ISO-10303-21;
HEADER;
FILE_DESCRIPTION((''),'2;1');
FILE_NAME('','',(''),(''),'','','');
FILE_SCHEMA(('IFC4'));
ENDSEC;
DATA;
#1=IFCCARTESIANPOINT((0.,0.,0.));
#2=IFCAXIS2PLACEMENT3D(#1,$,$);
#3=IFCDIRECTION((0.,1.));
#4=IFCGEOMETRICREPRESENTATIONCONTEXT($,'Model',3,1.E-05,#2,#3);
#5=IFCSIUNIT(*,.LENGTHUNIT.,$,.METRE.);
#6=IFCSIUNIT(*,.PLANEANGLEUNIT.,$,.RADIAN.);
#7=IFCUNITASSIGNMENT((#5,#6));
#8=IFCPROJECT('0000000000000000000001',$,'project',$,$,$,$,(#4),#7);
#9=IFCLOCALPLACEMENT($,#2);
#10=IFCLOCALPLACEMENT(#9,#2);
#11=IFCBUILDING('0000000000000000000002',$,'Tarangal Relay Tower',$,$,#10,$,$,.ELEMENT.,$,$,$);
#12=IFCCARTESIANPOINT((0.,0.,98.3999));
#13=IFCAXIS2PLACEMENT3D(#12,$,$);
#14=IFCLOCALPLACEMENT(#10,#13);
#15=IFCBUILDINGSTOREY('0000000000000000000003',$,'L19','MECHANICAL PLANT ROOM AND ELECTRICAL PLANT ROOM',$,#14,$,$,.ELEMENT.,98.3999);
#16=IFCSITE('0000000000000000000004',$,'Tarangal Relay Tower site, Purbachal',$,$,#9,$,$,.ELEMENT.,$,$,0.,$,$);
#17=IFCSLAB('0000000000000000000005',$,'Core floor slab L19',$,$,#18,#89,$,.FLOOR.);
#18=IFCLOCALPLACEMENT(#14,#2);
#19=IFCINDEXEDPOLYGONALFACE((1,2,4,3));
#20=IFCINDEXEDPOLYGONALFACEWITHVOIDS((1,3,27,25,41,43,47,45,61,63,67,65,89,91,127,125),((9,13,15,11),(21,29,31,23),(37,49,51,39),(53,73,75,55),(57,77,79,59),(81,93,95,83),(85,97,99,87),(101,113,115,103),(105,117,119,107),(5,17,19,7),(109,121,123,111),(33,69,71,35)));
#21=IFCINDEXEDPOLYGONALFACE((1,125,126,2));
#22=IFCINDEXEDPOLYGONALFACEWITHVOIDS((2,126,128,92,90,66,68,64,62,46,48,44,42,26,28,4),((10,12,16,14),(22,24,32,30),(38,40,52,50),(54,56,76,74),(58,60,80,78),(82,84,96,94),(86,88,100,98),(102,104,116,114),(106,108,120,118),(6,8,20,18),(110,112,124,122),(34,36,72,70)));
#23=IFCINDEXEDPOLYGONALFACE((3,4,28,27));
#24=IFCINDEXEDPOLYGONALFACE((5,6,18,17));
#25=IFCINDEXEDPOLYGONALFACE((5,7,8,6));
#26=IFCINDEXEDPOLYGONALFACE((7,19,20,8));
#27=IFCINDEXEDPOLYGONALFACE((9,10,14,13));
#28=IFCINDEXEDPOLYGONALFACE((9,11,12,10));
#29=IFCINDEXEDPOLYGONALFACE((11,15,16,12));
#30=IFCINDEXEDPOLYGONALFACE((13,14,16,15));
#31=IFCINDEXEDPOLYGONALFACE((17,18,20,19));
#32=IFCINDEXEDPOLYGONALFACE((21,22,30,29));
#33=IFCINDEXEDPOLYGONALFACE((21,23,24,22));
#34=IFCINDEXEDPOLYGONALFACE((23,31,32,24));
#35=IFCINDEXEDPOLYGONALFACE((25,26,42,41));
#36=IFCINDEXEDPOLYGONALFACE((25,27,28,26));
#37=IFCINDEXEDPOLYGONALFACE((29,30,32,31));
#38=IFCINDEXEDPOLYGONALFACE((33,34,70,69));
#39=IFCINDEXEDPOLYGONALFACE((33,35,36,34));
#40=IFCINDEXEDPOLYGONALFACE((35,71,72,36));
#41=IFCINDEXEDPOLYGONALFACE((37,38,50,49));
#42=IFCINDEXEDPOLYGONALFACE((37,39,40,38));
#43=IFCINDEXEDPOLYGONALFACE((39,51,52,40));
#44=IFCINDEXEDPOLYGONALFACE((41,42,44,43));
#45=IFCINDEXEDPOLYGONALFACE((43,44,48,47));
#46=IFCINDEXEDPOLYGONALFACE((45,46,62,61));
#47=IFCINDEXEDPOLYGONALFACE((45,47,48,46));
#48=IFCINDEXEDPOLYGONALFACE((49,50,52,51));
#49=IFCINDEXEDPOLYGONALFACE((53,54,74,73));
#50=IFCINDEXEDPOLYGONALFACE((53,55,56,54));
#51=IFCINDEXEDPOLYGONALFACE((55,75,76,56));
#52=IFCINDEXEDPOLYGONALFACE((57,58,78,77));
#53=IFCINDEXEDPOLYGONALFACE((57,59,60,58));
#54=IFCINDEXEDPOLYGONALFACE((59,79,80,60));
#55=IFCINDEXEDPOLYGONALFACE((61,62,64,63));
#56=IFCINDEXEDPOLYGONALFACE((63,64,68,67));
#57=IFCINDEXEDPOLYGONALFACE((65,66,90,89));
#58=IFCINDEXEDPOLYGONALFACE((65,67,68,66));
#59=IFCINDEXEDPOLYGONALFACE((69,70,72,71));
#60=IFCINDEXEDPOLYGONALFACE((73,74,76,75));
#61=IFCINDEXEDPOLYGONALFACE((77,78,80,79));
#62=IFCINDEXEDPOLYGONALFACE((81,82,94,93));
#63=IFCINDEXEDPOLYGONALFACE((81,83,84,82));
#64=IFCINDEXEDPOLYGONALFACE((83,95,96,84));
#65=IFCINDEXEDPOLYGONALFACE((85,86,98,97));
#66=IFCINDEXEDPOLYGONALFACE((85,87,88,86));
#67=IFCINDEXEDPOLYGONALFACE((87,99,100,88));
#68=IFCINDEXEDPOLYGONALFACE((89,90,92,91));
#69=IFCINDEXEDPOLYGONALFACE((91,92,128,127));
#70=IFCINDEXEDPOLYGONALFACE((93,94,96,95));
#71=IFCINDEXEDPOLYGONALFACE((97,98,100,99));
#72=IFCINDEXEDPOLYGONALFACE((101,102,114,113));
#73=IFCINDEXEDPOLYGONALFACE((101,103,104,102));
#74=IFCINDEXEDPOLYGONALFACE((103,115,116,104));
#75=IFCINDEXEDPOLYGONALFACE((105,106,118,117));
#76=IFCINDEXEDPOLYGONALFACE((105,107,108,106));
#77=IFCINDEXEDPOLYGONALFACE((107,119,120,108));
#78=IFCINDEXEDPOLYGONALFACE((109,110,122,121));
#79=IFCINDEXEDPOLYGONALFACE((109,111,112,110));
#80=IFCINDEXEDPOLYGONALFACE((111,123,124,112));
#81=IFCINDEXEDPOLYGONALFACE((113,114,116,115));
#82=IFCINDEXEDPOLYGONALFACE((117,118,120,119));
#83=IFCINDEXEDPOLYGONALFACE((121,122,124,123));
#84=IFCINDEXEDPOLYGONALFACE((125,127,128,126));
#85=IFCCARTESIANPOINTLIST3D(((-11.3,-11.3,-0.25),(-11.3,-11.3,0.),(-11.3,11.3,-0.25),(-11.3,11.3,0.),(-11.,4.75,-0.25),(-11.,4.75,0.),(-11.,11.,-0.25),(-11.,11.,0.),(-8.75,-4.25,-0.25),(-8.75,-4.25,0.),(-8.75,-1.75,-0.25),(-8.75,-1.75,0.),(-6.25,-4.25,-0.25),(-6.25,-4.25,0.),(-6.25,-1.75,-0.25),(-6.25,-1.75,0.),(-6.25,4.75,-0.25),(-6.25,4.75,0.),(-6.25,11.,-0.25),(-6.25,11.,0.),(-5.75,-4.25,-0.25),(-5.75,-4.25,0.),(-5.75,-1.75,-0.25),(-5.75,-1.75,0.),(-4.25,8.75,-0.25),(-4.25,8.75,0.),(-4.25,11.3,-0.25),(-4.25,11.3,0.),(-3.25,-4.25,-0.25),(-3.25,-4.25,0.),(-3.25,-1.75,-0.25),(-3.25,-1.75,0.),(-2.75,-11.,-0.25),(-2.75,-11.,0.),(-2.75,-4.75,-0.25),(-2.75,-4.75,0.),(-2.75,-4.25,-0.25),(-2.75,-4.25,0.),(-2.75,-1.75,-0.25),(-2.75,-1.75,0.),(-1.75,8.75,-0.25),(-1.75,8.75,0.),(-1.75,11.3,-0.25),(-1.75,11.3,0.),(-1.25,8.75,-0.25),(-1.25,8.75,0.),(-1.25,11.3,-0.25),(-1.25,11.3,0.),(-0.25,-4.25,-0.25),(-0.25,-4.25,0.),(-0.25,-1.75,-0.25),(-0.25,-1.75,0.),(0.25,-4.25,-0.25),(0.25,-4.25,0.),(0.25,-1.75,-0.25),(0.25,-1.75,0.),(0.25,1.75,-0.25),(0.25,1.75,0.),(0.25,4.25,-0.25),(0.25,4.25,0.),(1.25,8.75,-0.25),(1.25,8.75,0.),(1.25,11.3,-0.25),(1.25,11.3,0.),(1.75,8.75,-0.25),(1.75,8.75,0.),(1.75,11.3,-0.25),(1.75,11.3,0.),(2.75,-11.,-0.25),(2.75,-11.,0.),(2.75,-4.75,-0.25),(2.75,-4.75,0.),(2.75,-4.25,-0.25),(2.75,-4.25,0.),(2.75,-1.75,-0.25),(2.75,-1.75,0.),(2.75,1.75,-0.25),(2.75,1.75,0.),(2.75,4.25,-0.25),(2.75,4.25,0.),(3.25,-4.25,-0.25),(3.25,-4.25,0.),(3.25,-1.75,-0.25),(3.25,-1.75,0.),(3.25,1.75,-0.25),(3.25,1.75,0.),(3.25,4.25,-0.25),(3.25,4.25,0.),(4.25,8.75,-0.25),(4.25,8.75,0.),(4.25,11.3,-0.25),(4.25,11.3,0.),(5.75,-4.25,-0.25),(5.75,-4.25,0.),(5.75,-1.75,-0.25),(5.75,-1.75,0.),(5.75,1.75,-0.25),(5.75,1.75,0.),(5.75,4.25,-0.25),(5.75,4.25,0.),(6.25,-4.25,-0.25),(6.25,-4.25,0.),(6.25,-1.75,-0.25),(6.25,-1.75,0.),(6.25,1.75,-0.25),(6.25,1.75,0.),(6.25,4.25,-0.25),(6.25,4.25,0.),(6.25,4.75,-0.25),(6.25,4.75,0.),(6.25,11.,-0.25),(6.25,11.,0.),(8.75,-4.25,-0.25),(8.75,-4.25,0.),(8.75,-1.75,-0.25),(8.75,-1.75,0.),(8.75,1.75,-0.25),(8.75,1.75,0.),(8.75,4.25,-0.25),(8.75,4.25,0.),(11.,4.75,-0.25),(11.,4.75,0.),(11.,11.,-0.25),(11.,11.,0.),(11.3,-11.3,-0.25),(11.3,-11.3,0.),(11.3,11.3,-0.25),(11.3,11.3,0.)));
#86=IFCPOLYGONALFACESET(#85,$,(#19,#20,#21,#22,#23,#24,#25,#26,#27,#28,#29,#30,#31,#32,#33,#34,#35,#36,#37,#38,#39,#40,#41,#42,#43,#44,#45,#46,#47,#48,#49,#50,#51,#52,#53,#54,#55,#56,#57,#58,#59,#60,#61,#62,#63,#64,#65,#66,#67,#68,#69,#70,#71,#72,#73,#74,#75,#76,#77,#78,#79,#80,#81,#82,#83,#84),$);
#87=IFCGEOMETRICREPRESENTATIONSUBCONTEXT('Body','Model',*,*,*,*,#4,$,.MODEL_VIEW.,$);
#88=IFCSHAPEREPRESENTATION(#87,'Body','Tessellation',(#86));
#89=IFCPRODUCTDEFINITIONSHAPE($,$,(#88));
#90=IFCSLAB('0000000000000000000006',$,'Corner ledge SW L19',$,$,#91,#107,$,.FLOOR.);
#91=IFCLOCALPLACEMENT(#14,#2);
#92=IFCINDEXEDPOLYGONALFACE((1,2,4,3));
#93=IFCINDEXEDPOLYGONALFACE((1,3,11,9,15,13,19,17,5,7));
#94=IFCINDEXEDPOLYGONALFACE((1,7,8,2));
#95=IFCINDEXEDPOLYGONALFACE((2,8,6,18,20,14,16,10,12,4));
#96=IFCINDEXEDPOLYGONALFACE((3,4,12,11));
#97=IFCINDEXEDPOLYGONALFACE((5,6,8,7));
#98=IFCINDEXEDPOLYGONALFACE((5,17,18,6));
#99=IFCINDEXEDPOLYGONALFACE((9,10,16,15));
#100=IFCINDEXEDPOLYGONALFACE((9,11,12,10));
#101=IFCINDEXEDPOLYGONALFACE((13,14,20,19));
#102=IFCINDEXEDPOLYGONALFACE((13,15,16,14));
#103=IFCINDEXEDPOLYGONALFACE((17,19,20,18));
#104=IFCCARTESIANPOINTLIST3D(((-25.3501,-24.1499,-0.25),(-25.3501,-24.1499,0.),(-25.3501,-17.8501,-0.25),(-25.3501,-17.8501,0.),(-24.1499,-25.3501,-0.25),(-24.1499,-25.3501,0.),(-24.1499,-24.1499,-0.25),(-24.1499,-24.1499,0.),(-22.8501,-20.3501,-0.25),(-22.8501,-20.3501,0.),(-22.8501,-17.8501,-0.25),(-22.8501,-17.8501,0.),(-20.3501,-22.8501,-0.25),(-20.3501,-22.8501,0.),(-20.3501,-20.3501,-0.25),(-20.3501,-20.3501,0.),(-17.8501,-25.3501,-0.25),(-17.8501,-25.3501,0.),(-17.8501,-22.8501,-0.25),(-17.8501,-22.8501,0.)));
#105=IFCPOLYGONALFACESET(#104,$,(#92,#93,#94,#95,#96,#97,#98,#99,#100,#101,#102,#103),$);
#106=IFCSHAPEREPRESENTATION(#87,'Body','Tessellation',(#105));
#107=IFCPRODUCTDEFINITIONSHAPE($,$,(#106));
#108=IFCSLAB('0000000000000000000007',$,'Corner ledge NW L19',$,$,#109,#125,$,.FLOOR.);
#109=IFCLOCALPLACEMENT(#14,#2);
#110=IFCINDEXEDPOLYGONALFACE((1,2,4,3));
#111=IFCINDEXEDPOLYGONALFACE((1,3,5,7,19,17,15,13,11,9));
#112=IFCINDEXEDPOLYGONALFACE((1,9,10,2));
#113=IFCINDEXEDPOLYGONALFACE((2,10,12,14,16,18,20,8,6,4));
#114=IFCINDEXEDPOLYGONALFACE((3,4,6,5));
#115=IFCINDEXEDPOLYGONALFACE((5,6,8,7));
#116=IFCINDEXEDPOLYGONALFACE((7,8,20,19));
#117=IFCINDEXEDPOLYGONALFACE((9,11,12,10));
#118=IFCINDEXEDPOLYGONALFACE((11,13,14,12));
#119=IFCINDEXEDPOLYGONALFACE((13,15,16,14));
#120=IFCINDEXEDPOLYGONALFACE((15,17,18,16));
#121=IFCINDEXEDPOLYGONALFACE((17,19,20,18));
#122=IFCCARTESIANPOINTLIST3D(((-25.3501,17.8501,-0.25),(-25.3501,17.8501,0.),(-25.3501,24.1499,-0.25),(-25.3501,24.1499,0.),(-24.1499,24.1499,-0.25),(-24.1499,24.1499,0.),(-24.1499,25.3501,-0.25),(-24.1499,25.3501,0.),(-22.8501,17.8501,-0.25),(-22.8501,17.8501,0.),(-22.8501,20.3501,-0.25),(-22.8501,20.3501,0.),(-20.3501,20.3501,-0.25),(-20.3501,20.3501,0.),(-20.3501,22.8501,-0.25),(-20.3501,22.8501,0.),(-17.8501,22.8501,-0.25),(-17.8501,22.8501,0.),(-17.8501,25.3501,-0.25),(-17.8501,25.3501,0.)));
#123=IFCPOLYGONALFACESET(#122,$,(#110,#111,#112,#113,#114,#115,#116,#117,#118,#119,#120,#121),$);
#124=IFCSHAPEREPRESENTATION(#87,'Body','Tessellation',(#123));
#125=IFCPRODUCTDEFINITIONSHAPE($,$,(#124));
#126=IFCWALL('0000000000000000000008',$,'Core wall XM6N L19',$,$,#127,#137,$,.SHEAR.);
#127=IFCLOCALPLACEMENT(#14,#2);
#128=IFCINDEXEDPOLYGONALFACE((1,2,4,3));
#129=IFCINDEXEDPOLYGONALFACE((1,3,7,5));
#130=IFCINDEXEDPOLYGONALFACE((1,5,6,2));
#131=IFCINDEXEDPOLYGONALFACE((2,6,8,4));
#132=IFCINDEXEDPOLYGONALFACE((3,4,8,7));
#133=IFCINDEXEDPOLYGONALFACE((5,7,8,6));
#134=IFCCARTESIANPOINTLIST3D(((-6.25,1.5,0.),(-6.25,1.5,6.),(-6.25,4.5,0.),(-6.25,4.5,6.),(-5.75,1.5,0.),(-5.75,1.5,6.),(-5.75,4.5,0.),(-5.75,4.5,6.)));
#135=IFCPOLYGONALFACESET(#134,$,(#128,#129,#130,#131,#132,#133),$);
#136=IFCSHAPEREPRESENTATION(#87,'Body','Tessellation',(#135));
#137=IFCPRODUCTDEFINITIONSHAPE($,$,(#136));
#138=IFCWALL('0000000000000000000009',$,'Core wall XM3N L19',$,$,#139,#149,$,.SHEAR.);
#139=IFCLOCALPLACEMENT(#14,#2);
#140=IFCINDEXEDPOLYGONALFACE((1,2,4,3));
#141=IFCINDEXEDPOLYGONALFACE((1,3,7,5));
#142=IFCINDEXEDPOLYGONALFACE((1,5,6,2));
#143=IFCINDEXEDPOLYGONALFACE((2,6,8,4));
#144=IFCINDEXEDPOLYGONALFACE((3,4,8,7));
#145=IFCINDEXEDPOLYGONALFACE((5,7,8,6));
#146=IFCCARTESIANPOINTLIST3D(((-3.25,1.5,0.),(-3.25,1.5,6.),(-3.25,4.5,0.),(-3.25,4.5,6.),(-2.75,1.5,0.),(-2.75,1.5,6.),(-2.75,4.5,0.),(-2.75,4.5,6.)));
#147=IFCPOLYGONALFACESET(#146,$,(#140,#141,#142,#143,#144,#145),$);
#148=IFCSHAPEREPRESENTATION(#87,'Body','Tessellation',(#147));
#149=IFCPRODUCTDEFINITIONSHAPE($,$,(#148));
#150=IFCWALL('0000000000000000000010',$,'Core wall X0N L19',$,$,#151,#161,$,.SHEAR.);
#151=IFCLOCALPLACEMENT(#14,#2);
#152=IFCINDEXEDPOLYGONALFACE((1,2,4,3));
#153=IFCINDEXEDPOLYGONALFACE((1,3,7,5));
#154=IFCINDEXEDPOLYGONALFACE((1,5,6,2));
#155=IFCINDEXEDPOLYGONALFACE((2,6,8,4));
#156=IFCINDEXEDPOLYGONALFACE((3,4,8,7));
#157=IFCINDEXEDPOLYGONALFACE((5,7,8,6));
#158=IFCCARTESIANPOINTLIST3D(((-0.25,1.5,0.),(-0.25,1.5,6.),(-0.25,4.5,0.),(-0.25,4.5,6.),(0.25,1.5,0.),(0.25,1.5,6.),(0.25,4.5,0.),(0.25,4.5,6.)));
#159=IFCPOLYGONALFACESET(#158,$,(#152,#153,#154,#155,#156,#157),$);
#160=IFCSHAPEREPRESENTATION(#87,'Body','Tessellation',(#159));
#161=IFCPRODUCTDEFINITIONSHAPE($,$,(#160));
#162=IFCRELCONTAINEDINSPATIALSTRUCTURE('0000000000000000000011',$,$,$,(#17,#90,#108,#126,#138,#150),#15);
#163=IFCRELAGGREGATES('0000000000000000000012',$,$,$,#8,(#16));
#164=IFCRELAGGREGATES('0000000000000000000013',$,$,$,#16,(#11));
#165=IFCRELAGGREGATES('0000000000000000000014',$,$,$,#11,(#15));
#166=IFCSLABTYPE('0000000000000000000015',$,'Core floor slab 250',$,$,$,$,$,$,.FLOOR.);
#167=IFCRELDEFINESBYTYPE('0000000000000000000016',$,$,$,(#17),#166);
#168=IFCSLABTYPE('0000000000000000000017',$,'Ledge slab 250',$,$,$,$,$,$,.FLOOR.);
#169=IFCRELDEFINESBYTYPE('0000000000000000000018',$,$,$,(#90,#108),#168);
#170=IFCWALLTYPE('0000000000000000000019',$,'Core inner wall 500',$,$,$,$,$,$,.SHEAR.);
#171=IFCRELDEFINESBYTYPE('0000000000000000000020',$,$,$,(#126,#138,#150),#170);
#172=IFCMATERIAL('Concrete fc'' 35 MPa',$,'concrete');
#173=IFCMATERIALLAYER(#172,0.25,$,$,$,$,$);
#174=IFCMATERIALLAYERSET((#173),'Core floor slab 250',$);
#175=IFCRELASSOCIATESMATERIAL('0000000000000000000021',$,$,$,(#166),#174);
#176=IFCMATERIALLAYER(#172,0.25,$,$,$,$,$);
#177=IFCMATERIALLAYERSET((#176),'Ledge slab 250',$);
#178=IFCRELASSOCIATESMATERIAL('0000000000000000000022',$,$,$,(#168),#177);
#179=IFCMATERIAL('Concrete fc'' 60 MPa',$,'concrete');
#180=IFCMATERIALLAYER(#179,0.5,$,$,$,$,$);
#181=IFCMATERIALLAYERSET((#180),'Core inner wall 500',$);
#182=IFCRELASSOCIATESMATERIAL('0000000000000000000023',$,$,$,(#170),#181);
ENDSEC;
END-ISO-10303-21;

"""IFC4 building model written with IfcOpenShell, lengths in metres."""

from ifc_helpers import new_model, si_unit, direction, frame, frame_2d, origin, place, context, subcontext, project, spatial, polyline, rectangle, outline, extrude, material, layer, layer_set, type_object, element, save


model = new_model("IFC4")

# Units and contexts
model_context = context("Model", 3, precision=1e-05, world=origin(), true_north=direction((0.0, 1.0)))
body_context = subcontext(model_context, "Body", "Model", "MODEL_VIEW")
ifc_project = project(units=[si_unit("LENGTHUNIT", "METRE"), si_unit("PLANEANGLEUNIT", "RADIAN")], contexts=[model_context])

# Site, building, storey
site_placement = place(None, origin())
site = spatial("IfcSite", under=ifc_project, at=site_placement, Name="Tarangal Relay Tower site, Purbachal", CompositionType="ELEMENT", RefElevation=0.0)
building_placement = place(site_placement, origin())
building = spatial("IfcBuilding", under=site, at=building_placement, Name="Tarangal Relay Tower", CompositionType="ELEMENT")
storey_placement = place(building_placement, frame((0.0, 0.0, 98.3999)))
storey = spatial("IfcBuildingStorey", under=building, at=storey_placement, Name="L19", Description="MECHANICAL PLANT ROOM AND ELECTRICAL PLANT ROOM", CompositionType="ELEMENT", Elevation=98.3999)

# Slabs
ifc_material_1 = material(Name="Concrete fc' 35 MPa", Category="concrete")
ifc_layer_1 = layer(ifc_material_1, 0.25)
ifc_layer_set_1 = layer_set([ifc_layer_1], Name="Core floor slab 250")
slab_type_1 = type_object("IfcSlabType", Name="Core floor slab 250", PredefinedType="FLOOR", material=ifc_layer_set_1)
slab_1_placement = place(storey_placement, frame((0.0, 0.0, -0.25)))
element("IfcSlab", 1, at=slab_1_placement, inside=storey, type_object=slab_type_1, Name="Core floor slab L19", PredefinedType="FLOOR", context=body_context, shape_type="SweptSolid", body=[
    extrude(outline(polyline([(11.3, 11.3), (11.3, -11.3), (-11.3, -11.3), (-11.3, 11.3), (-4.25, 11.3), (-4.25, 8.75), (-1.75, 8.75), (-1.75, 11.3), (-1.25, 11.3), (-1.25, 8.75), (1.25, 8.75), (1.25, 11.3), (1.75, 11.3), (1.75, 8.75), (4.25, 8.75), (4.25, 11.3), (11.3, 11.3)]), holes=[polyline([(2.75, -4.75), (-2.75, -4.75), (-2.75, -11.0), (2.75, -11.0), (2.75, -4.75)]), polyline([(-6.25, -4.25), (-6.25, -1.75), (-8.75, -1.75), (-8.75, -4.25), (-6.25, -4.25)]), polyline([(-3.25, -4.25), (-3.25, -1.75), (-5.75, -1.75), (-5.75, -4.25), (-3.25, -4.25)]), polyline([(-0.25, -4.25), (-0.25, -1.75), (-2.75, -1.75), (-2.75, -4.25), (-0.25, -4.25)]), polyline([(2.75, 1.75), (2.75, 4.25), (0.25, 4.25), (0.25, 1.75), (2.75, 1.75)]), polyline([(-6.25, 4.75), (-6.25, 11.0), (-11.0, 11.0), (-11.0, 4.75), (-6.25, 4.75)]), polyline([(2.75, -4.25), (2.75, -1.75), (0.25, -1.75), (0.25, -4.25), (2.75, -4.25)]), polyline([(5.75, -4.25), (5.75, -1.75), (3.25, -1.75), (3.25, -4.25), (5.75, -4.25)]), polyline([(8.75, -4.25), (8.75, -1.75), (6.25, -1.75), (6.25, -4.25), (8.75, -4.25)]), polyline([(5.75, 1.75), (5.75, 4.25), (3.25, 4.25), (3.25, 1.75), (5.75, 1.75)]), polyline([(8.75, 1.75), (8.75, 4.25), (6.25, 4.25), (6.25, 1.75), (8.75, 1.75)]), polyline([(11.0, 4.75), (11.0, 11.0), (6.25, 11.0), (6.25, 4.75), (11.0, 4.75)])]), origin(), (0.0, 0.0, 1.0), 0.25),
])
ifc_layer_2 = layer(ifc_material_1, 0.25)
ifc_layer_set_2 = layer_set([ifc_layer_2], Name="Ledge slab 250")
slab_type_2 = type_object("IfcSlabType", Name="Ledge slab 250", PredefinedType="FLOOR", material=ifc_layer_set_2)
slab_2_placement = place(storey_placement, frame((0.0, 0.0, -0.25)))
element("IfcSlab", 2, at=slab_2_placement, inside=storey, type_object=slab_type_2, Name="Corner ledge SW L19", PredefinedType="FLOOR", context=body_context, shape_type="SweptSolid", body=[
    extrude(outline(polyline([(-17.8501, -25.3501), (-17.8501, -22.8501), (-20.3501, -22.8501), (-20.3501, -20.3501), (-22.8501, -20.3501), (-22.8501, -17.8501), (-25.3501, -17.8501), (-25.3501, -24.1499), (-24.1499, -24.1499), (-24.1499, -25.3501), (-17.8501, -25.3501)])), origin(), (0.0, 0.0, 1.0), 0.25),
])
slab_3_placement = place(storey_placement, frame((0.0, 0.0, -0.25)))
element("IfcSlab", 3, at=slab_3_placement, inside=storey, type_object=slab_type_2, Name="Corner ledge NW L19", PredefinedType="FLOOR", context=body_context, shape_type="SweptSolid", body=[
    extrude(outline(polyline([(-25.3501, 17.8501), (-22.8501, 17.8501), (-22.8501, 20.3501), (-20.3501, 20.3501), (-20.3501, 22.8501), (-17.8501, 22.8501), (-17.8501, 25.3501), (-24.1499, 25.3501), (-24.1499, 24.1499), (-25.3501, 24.1499), (-25.3501, 17.8501)])), origin(), (0.0, 0.0, 1.0), 0.25),
])

# Shared definitions
ifc_material_2 = material(Name="Concrete fc' 60 MPa", Category="concrete")
ifc_layer_3 = layer(ifc_material_2, 0.5)
ifc_layer_set_3 = layer_set([ifc_layer_3], Name="Core inner wall 500")
wall_type = type_object("IfcWallType", Name="Core inner wall 500", PredefinedType="SHEAR", material=ifc_layer_set_3)

# Walls
for number, where, z_axis, x_axis, name in (
    (4, (-6.0, 1.5, 0.0), (0.0, 0.0, 1.0), (0.0, 1.0, 0.0), "Core wall XM6N L19"),
    (5, (-3.0, 1.5, 0.0), (0.0, 0.0, 1.0), (0.0, 1.0, 0.0), "Core wall XM3N L19"),
    (6, (0.0, 1.5, 0.0), (0.0, 0.0, 1.0), (0.0, 1.0, 0.0), "Core wall X0N L19"),
):
    element("IfcWall", number, at=place(storey_placement, frame(where, z_axis=z_axis, x_axis=x_axis)), inside=storey, type_object=wall_type, Name=name, PredefinedType="SHEAR", context=body_context, shape_type="SweptSolid", body=[
        extrude(rectangle(XDim=3.0, YDim=0.5, at=frame_2d((1.5, 0.0))), origin(), (0.0, 0.0, 1.0), 6.0),
    ])

save(model, "model.ifc")
